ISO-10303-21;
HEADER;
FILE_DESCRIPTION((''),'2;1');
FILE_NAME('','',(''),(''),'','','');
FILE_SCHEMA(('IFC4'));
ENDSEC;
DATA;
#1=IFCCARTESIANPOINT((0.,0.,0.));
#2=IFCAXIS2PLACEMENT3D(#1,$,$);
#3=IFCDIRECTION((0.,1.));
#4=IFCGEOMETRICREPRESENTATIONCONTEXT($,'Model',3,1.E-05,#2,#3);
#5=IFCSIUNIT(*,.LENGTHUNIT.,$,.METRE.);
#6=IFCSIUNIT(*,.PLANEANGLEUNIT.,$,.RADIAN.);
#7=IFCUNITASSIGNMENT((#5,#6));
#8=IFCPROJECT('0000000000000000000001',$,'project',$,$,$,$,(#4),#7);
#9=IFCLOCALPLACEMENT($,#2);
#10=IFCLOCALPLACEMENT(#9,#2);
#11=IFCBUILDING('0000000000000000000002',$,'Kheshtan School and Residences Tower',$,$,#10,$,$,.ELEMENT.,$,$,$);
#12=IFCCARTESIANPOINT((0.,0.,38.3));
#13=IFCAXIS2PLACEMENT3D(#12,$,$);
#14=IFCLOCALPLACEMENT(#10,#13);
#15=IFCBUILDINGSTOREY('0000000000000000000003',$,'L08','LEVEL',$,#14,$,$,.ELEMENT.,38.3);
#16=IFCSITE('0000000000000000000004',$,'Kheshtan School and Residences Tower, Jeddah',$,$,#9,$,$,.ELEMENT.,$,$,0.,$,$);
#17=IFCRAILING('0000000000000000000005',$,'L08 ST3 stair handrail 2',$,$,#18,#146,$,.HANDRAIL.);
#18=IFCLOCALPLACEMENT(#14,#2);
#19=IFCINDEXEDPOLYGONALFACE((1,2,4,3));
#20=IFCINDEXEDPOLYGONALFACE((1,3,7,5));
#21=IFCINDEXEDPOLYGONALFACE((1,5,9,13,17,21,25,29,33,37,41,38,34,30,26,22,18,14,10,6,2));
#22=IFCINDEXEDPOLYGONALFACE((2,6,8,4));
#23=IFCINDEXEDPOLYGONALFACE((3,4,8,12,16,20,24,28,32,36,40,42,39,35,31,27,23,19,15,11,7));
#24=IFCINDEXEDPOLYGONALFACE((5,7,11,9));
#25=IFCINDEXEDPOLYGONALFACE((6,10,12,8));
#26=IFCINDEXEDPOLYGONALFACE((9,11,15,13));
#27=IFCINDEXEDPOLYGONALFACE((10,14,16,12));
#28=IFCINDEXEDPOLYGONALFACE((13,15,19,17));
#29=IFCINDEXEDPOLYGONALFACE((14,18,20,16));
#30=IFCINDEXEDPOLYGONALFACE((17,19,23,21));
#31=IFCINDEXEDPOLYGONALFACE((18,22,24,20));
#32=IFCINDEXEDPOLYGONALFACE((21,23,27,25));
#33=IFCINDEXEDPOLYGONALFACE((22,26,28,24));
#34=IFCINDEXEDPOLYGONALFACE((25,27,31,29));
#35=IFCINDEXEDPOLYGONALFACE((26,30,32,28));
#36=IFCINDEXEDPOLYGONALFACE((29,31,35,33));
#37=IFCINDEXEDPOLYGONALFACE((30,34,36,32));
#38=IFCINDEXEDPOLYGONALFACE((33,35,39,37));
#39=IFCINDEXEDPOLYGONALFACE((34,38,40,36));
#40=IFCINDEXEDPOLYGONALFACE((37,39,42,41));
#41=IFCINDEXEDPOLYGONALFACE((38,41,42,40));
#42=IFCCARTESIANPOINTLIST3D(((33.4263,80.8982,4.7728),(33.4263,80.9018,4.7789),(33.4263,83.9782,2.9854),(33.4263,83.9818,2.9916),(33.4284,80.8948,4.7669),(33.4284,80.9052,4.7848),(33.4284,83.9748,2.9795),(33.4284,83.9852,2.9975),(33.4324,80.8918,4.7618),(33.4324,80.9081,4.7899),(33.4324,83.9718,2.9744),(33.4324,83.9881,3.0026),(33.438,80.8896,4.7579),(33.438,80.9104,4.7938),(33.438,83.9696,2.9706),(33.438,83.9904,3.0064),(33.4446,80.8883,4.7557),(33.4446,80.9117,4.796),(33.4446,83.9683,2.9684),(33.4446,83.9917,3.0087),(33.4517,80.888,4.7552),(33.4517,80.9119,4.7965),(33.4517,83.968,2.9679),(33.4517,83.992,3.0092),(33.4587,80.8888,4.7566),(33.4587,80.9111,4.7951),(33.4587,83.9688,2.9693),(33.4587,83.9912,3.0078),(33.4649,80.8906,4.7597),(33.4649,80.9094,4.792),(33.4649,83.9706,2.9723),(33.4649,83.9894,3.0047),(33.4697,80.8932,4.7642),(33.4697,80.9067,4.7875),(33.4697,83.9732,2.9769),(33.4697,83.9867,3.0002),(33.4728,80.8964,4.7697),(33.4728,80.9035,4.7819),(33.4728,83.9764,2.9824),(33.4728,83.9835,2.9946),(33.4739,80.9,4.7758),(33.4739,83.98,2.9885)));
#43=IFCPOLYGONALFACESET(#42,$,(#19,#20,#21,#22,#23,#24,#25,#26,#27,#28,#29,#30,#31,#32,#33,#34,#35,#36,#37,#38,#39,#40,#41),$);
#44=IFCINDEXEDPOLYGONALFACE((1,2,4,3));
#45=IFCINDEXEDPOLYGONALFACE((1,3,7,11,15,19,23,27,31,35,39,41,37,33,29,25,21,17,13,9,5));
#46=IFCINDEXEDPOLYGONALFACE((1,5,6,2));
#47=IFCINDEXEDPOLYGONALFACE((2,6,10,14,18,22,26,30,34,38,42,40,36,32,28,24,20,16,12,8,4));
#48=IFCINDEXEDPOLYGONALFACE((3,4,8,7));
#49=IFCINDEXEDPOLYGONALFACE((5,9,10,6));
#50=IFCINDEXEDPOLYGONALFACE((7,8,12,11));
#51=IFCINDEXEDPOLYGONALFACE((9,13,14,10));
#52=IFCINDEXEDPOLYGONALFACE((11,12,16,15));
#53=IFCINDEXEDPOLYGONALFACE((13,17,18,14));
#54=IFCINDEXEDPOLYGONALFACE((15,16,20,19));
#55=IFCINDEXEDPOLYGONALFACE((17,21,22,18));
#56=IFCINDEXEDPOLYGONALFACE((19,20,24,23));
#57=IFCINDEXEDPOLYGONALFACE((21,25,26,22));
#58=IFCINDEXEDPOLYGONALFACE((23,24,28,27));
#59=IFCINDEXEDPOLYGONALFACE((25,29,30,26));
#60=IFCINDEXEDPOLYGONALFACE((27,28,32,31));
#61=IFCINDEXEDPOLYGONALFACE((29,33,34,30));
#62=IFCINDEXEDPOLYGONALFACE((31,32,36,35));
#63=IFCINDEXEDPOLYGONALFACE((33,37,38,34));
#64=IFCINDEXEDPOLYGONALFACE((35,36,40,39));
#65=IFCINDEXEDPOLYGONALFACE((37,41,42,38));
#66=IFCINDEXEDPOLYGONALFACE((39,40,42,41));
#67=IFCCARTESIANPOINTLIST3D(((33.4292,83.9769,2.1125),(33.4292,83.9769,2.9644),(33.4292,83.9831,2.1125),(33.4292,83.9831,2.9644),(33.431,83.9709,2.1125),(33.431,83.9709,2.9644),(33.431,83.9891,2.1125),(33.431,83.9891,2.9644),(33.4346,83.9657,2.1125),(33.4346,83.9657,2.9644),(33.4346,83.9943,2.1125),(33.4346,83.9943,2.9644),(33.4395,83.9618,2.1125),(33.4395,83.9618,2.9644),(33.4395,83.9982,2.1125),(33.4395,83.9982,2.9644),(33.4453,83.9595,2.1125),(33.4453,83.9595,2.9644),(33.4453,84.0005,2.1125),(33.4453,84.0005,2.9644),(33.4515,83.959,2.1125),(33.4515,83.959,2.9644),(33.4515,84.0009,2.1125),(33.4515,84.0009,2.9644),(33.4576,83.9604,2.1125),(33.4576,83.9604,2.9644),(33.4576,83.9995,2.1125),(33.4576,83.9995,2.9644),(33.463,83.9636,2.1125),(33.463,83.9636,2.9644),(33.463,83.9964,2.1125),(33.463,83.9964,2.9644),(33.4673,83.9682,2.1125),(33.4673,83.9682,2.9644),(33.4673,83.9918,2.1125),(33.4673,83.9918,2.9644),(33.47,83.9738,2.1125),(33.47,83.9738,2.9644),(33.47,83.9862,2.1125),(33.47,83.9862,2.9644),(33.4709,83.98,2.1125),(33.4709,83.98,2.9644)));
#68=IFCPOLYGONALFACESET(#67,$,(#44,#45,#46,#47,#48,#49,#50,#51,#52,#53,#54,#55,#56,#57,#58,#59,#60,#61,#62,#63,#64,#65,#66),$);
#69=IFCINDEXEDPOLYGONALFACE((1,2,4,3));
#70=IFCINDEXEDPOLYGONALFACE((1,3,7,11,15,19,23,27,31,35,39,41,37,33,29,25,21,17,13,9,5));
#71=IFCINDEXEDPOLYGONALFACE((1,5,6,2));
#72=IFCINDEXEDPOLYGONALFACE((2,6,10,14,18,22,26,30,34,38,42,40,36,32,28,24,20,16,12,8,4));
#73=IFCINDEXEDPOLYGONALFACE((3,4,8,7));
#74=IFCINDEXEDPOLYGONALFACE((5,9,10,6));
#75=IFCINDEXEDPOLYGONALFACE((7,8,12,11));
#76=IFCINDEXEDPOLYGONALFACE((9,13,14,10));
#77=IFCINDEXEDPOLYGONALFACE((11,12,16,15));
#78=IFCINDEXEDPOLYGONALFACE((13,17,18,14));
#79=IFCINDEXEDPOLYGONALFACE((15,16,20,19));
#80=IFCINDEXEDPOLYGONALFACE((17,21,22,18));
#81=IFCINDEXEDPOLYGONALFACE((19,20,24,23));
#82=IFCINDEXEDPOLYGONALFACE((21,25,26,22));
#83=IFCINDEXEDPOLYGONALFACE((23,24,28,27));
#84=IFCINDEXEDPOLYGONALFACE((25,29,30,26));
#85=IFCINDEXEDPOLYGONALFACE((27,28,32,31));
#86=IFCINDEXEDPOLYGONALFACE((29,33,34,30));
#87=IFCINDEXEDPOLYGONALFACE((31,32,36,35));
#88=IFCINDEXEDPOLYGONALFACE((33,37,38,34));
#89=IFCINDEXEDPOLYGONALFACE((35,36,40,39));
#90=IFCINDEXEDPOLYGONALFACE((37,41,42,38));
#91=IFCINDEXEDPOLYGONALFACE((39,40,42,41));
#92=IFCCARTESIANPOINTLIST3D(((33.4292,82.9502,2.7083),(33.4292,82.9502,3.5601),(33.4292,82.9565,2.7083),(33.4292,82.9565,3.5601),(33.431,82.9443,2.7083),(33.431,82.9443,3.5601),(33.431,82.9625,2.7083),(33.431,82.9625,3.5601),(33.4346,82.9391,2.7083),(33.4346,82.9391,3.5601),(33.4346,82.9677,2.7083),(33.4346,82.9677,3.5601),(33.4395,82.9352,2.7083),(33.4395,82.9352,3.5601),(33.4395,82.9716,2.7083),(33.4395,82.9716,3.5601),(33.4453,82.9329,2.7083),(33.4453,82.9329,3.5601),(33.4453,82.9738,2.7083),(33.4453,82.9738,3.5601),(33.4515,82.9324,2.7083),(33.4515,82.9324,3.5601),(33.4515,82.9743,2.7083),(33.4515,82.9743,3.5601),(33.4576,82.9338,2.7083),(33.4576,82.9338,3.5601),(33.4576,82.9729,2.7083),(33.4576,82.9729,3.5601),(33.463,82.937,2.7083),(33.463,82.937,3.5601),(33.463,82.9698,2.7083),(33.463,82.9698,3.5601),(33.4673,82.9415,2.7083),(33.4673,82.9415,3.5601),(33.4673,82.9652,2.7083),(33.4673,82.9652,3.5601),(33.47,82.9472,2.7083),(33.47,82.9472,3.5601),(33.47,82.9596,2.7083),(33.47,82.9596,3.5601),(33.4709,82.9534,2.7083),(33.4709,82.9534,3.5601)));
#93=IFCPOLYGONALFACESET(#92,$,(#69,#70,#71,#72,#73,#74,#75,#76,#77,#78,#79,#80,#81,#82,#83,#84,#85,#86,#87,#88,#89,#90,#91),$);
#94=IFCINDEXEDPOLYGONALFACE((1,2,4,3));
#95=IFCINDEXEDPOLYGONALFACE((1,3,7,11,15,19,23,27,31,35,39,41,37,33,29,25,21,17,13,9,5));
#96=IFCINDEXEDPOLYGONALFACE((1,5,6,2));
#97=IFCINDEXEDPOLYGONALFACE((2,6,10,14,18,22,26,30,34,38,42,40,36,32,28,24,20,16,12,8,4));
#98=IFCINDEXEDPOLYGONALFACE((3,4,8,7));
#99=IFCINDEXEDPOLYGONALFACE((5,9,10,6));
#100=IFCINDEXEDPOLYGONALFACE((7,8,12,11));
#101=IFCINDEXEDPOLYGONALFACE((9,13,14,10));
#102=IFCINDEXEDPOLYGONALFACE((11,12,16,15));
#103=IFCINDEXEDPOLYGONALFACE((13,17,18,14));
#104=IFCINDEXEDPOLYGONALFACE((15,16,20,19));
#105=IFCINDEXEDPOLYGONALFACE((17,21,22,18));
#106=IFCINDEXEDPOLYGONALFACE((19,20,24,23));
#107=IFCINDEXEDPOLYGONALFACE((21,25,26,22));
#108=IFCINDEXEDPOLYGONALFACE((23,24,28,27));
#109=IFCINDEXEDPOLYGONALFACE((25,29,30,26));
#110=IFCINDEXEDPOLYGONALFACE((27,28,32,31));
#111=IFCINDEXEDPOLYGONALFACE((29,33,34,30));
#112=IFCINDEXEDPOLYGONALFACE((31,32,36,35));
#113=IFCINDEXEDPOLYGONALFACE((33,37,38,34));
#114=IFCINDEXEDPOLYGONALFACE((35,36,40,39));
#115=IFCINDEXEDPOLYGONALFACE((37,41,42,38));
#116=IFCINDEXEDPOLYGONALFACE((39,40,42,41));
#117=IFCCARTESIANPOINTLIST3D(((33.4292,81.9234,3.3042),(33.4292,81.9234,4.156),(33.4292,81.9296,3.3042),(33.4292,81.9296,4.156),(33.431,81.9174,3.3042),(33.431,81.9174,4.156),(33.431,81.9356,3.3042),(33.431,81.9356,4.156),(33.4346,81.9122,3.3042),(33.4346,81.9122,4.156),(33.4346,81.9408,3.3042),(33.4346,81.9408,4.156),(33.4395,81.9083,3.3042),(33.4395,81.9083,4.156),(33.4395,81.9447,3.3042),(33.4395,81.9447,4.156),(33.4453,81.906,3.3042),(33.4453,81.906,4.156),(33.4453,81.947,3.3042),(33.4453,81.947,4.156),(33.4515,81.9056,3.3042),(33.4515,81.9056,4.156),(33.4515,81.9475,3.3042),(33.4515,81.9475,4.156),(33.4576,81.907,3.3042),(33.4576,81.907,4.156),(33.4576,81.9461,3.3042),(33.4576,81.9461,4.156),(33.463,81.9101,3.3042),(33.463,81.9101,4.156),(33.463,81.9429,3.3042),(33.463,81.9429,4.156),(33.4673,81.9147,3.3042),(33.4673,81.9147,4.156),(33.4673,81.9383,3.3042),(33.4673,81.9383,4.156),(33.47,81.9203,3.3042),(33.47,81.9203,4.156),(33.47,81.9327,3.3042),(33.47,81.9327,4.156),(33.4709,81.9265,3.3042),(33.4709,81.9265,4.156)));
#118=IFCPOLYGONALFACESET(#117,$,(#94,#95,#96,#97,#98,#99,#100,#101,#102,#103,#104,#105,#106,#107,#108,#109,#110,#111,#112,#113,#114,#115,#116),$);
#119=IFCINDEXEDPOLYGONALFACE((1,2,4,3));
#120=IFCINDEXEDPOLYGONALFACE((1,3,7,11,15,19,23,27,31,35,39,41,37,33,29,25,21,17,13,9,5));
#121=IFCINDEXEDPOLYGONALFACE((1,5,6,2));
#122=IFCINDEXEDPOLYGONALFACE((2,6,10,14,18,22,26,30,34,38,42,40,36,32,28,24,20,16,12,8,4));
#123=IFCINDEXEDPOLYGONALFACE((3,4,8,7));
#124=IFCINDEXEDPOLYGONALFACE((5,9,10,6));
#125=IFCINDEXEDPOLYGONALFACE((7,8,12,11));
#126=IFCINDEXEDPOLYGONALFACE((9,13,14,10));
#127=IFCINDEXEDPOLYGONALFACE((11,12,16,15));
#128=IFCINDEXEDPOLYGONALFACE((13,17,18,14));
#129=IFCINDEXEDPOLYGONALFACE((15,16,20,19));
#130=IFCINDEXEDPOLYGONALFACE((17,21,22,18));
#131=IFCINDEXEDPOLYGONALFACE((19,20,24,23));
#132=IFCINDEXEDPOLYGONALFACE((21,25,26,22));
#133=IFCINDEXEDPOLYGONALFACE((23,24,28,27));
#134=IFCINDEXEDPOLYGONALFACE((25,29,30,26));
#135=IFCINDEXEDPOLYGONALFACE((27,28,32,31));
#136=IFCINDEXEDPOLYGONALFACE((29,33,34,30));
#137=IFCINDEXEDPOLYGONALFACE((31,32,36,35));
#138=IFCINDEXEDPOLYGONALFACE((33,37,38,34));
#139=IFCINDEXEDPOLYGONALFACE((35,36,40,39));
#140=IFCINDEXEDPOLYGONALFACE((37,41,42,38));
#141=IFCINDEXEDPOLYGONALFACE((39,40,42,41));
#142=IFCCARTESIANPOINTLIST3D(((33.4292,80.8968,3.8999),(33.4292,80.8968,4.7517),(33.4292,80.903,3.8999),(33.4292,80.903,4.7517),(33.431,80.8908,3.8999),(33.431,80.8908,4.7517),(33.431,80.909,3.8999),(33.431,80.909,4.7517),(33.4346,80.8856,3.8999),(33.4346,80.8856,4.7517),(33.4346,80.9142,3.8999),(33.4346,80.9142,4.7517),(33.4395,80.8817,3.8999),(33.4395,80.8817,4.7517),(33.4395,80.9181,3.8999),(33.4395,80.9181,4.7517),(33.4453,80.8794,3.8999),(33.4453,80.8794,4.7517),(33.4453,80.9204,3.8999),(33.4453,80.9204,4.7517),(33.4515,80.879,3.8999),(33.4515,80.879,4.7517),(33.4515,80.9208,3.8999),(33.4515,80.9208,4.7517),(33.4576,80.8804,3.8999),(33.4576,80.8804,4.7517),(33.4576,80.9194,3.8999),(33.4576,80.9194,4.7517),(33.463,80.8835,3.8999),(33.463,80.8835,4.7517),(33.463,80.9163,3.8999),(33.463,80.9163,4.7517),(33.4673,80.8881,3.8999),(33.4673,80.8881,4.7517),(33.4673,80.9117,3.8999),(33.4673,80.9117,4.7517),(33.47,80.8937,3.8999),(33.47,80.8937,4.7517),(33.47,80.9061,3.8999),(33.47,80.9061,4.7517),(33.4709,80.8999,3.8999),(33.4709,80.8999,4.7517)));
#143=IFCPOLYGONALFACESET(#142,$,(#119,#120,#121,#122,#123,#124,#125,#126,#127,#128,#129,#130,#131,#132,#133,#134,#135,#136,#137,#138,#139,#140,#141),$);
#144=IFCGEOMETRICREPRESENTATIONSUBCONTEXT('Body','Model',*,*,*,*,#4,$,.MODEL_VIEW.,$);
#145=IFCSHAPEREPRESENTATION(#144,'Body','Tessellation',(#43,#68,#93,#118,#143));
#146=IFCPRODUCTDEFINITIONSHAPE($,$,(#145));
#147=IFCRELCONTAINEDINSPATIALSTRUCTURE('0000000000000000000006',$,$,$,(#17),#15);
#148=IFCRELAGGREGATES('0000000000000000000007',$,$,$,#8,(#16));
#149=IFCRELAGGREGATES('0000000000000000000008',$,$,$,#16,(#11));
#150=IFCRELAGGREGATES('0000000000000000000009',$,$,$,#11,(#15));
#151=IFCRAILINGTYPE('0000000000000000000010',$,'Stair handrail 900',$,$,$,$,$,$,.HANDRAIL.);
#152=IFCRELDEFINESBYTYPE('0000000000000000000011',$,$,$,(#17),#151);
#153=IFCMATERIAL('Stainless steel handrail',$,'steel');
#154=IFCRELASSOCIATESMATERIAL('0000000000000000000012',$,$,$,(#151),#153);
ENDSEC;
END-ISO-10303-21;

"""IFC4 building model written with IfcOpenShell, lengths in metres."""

from ifc_helpers import new_model, si_unit, direction, frame, origin, origin_2d, place, context, subcontext, project, spatial, circle, extrude, material, type_object, element, save


model = new_model("IFC4")

# Units and contexts
model_context = context("Model", 3, precision=1e-05, world=origin(), true_north=direction((0.0, 1.0)))
body_context = subcontext(model_context, "Body", "Model", "MODEL_VIEW")
ifc_project = project(units=[si_unit("LENGTHUNIT", "METRE"), si_unit("PLANEANGLEUNIT", "RADIAN")], contexts=[model_context])

# Site, building, storey
site_placement = place(None, origin())
site = spatial("IfcSite", under=ifc_project, at=site_placement, Name="Kheshtan School and Residences Tower, Jeddah", CompositionType="ELEMENT", RefElevation=0.0)
building_placement = place(site_placement, origin())
building = spatial("IfcBuilding", under=site, at=building_placement, Name="Kheshtan School and Residences Tower", CompositionType="ELEMENT")
storey_placement = place(building_placement, frame((0.0, 0.0, 38.3)))
storey = spatial("IfcBuildingStorey", under=building, at=storey_placement, Name="L08", Description="LEVEL", CompositionType="ELEMENT", Elevation=38.3)

# Railing
ifc_material_1 = material(Name="Stainless steel handrail", Category="steel")
railing_type_1 = type_object("IfcRailingType", Name="Stair handrail 900", PredefinedType="HANDRAIL", material=ifc_material_1)
railing_1_placement = place(storey_placement, frame((33.45, 83.98, 2.1125)))
element("IfcRailing", 1, at=railing_1_placement, inside=storey, type_object=railing_type_1, Name="L08 ST3 stair handrail 2", PredefinedType="HANDRAIL", context=body_context, shape_type="SweptSolid", body=[
    extrude(circle(Radius=0.0239, at=origin_2d()), frame((0.0, 0.0, 0.876), z_axis=(0.0, -0.86492, 0.501909), x_axis=(1.0, 0.0, 0.0)), (0.0, 0.0, 1.0), 3.561),
    extrude(circle(Radius=0.021, at=origin_2d()), origin(), (0.0, 0.0, 1.0), 0.8518),
    extrude(circle(Radius=0.021, at=origin_2d()), frame((0.0, -1.0266, 0.5957)), (0.0, 0.0, 1.0), 0.8518),
    extrude(circle(Radius=0.021, at=origin_2d()), frame((0.0, -2.0535, 1.1917)), (0.0, 0.0, 1.0), 0.8518),
    extrude(circle(Radius=0.021, at=origin_2d()), frame((0.0, -3.0801, 1.7874)), (0.0, 0.0, 1.0), 0.8518),
])

save(model, "model.ifc")
